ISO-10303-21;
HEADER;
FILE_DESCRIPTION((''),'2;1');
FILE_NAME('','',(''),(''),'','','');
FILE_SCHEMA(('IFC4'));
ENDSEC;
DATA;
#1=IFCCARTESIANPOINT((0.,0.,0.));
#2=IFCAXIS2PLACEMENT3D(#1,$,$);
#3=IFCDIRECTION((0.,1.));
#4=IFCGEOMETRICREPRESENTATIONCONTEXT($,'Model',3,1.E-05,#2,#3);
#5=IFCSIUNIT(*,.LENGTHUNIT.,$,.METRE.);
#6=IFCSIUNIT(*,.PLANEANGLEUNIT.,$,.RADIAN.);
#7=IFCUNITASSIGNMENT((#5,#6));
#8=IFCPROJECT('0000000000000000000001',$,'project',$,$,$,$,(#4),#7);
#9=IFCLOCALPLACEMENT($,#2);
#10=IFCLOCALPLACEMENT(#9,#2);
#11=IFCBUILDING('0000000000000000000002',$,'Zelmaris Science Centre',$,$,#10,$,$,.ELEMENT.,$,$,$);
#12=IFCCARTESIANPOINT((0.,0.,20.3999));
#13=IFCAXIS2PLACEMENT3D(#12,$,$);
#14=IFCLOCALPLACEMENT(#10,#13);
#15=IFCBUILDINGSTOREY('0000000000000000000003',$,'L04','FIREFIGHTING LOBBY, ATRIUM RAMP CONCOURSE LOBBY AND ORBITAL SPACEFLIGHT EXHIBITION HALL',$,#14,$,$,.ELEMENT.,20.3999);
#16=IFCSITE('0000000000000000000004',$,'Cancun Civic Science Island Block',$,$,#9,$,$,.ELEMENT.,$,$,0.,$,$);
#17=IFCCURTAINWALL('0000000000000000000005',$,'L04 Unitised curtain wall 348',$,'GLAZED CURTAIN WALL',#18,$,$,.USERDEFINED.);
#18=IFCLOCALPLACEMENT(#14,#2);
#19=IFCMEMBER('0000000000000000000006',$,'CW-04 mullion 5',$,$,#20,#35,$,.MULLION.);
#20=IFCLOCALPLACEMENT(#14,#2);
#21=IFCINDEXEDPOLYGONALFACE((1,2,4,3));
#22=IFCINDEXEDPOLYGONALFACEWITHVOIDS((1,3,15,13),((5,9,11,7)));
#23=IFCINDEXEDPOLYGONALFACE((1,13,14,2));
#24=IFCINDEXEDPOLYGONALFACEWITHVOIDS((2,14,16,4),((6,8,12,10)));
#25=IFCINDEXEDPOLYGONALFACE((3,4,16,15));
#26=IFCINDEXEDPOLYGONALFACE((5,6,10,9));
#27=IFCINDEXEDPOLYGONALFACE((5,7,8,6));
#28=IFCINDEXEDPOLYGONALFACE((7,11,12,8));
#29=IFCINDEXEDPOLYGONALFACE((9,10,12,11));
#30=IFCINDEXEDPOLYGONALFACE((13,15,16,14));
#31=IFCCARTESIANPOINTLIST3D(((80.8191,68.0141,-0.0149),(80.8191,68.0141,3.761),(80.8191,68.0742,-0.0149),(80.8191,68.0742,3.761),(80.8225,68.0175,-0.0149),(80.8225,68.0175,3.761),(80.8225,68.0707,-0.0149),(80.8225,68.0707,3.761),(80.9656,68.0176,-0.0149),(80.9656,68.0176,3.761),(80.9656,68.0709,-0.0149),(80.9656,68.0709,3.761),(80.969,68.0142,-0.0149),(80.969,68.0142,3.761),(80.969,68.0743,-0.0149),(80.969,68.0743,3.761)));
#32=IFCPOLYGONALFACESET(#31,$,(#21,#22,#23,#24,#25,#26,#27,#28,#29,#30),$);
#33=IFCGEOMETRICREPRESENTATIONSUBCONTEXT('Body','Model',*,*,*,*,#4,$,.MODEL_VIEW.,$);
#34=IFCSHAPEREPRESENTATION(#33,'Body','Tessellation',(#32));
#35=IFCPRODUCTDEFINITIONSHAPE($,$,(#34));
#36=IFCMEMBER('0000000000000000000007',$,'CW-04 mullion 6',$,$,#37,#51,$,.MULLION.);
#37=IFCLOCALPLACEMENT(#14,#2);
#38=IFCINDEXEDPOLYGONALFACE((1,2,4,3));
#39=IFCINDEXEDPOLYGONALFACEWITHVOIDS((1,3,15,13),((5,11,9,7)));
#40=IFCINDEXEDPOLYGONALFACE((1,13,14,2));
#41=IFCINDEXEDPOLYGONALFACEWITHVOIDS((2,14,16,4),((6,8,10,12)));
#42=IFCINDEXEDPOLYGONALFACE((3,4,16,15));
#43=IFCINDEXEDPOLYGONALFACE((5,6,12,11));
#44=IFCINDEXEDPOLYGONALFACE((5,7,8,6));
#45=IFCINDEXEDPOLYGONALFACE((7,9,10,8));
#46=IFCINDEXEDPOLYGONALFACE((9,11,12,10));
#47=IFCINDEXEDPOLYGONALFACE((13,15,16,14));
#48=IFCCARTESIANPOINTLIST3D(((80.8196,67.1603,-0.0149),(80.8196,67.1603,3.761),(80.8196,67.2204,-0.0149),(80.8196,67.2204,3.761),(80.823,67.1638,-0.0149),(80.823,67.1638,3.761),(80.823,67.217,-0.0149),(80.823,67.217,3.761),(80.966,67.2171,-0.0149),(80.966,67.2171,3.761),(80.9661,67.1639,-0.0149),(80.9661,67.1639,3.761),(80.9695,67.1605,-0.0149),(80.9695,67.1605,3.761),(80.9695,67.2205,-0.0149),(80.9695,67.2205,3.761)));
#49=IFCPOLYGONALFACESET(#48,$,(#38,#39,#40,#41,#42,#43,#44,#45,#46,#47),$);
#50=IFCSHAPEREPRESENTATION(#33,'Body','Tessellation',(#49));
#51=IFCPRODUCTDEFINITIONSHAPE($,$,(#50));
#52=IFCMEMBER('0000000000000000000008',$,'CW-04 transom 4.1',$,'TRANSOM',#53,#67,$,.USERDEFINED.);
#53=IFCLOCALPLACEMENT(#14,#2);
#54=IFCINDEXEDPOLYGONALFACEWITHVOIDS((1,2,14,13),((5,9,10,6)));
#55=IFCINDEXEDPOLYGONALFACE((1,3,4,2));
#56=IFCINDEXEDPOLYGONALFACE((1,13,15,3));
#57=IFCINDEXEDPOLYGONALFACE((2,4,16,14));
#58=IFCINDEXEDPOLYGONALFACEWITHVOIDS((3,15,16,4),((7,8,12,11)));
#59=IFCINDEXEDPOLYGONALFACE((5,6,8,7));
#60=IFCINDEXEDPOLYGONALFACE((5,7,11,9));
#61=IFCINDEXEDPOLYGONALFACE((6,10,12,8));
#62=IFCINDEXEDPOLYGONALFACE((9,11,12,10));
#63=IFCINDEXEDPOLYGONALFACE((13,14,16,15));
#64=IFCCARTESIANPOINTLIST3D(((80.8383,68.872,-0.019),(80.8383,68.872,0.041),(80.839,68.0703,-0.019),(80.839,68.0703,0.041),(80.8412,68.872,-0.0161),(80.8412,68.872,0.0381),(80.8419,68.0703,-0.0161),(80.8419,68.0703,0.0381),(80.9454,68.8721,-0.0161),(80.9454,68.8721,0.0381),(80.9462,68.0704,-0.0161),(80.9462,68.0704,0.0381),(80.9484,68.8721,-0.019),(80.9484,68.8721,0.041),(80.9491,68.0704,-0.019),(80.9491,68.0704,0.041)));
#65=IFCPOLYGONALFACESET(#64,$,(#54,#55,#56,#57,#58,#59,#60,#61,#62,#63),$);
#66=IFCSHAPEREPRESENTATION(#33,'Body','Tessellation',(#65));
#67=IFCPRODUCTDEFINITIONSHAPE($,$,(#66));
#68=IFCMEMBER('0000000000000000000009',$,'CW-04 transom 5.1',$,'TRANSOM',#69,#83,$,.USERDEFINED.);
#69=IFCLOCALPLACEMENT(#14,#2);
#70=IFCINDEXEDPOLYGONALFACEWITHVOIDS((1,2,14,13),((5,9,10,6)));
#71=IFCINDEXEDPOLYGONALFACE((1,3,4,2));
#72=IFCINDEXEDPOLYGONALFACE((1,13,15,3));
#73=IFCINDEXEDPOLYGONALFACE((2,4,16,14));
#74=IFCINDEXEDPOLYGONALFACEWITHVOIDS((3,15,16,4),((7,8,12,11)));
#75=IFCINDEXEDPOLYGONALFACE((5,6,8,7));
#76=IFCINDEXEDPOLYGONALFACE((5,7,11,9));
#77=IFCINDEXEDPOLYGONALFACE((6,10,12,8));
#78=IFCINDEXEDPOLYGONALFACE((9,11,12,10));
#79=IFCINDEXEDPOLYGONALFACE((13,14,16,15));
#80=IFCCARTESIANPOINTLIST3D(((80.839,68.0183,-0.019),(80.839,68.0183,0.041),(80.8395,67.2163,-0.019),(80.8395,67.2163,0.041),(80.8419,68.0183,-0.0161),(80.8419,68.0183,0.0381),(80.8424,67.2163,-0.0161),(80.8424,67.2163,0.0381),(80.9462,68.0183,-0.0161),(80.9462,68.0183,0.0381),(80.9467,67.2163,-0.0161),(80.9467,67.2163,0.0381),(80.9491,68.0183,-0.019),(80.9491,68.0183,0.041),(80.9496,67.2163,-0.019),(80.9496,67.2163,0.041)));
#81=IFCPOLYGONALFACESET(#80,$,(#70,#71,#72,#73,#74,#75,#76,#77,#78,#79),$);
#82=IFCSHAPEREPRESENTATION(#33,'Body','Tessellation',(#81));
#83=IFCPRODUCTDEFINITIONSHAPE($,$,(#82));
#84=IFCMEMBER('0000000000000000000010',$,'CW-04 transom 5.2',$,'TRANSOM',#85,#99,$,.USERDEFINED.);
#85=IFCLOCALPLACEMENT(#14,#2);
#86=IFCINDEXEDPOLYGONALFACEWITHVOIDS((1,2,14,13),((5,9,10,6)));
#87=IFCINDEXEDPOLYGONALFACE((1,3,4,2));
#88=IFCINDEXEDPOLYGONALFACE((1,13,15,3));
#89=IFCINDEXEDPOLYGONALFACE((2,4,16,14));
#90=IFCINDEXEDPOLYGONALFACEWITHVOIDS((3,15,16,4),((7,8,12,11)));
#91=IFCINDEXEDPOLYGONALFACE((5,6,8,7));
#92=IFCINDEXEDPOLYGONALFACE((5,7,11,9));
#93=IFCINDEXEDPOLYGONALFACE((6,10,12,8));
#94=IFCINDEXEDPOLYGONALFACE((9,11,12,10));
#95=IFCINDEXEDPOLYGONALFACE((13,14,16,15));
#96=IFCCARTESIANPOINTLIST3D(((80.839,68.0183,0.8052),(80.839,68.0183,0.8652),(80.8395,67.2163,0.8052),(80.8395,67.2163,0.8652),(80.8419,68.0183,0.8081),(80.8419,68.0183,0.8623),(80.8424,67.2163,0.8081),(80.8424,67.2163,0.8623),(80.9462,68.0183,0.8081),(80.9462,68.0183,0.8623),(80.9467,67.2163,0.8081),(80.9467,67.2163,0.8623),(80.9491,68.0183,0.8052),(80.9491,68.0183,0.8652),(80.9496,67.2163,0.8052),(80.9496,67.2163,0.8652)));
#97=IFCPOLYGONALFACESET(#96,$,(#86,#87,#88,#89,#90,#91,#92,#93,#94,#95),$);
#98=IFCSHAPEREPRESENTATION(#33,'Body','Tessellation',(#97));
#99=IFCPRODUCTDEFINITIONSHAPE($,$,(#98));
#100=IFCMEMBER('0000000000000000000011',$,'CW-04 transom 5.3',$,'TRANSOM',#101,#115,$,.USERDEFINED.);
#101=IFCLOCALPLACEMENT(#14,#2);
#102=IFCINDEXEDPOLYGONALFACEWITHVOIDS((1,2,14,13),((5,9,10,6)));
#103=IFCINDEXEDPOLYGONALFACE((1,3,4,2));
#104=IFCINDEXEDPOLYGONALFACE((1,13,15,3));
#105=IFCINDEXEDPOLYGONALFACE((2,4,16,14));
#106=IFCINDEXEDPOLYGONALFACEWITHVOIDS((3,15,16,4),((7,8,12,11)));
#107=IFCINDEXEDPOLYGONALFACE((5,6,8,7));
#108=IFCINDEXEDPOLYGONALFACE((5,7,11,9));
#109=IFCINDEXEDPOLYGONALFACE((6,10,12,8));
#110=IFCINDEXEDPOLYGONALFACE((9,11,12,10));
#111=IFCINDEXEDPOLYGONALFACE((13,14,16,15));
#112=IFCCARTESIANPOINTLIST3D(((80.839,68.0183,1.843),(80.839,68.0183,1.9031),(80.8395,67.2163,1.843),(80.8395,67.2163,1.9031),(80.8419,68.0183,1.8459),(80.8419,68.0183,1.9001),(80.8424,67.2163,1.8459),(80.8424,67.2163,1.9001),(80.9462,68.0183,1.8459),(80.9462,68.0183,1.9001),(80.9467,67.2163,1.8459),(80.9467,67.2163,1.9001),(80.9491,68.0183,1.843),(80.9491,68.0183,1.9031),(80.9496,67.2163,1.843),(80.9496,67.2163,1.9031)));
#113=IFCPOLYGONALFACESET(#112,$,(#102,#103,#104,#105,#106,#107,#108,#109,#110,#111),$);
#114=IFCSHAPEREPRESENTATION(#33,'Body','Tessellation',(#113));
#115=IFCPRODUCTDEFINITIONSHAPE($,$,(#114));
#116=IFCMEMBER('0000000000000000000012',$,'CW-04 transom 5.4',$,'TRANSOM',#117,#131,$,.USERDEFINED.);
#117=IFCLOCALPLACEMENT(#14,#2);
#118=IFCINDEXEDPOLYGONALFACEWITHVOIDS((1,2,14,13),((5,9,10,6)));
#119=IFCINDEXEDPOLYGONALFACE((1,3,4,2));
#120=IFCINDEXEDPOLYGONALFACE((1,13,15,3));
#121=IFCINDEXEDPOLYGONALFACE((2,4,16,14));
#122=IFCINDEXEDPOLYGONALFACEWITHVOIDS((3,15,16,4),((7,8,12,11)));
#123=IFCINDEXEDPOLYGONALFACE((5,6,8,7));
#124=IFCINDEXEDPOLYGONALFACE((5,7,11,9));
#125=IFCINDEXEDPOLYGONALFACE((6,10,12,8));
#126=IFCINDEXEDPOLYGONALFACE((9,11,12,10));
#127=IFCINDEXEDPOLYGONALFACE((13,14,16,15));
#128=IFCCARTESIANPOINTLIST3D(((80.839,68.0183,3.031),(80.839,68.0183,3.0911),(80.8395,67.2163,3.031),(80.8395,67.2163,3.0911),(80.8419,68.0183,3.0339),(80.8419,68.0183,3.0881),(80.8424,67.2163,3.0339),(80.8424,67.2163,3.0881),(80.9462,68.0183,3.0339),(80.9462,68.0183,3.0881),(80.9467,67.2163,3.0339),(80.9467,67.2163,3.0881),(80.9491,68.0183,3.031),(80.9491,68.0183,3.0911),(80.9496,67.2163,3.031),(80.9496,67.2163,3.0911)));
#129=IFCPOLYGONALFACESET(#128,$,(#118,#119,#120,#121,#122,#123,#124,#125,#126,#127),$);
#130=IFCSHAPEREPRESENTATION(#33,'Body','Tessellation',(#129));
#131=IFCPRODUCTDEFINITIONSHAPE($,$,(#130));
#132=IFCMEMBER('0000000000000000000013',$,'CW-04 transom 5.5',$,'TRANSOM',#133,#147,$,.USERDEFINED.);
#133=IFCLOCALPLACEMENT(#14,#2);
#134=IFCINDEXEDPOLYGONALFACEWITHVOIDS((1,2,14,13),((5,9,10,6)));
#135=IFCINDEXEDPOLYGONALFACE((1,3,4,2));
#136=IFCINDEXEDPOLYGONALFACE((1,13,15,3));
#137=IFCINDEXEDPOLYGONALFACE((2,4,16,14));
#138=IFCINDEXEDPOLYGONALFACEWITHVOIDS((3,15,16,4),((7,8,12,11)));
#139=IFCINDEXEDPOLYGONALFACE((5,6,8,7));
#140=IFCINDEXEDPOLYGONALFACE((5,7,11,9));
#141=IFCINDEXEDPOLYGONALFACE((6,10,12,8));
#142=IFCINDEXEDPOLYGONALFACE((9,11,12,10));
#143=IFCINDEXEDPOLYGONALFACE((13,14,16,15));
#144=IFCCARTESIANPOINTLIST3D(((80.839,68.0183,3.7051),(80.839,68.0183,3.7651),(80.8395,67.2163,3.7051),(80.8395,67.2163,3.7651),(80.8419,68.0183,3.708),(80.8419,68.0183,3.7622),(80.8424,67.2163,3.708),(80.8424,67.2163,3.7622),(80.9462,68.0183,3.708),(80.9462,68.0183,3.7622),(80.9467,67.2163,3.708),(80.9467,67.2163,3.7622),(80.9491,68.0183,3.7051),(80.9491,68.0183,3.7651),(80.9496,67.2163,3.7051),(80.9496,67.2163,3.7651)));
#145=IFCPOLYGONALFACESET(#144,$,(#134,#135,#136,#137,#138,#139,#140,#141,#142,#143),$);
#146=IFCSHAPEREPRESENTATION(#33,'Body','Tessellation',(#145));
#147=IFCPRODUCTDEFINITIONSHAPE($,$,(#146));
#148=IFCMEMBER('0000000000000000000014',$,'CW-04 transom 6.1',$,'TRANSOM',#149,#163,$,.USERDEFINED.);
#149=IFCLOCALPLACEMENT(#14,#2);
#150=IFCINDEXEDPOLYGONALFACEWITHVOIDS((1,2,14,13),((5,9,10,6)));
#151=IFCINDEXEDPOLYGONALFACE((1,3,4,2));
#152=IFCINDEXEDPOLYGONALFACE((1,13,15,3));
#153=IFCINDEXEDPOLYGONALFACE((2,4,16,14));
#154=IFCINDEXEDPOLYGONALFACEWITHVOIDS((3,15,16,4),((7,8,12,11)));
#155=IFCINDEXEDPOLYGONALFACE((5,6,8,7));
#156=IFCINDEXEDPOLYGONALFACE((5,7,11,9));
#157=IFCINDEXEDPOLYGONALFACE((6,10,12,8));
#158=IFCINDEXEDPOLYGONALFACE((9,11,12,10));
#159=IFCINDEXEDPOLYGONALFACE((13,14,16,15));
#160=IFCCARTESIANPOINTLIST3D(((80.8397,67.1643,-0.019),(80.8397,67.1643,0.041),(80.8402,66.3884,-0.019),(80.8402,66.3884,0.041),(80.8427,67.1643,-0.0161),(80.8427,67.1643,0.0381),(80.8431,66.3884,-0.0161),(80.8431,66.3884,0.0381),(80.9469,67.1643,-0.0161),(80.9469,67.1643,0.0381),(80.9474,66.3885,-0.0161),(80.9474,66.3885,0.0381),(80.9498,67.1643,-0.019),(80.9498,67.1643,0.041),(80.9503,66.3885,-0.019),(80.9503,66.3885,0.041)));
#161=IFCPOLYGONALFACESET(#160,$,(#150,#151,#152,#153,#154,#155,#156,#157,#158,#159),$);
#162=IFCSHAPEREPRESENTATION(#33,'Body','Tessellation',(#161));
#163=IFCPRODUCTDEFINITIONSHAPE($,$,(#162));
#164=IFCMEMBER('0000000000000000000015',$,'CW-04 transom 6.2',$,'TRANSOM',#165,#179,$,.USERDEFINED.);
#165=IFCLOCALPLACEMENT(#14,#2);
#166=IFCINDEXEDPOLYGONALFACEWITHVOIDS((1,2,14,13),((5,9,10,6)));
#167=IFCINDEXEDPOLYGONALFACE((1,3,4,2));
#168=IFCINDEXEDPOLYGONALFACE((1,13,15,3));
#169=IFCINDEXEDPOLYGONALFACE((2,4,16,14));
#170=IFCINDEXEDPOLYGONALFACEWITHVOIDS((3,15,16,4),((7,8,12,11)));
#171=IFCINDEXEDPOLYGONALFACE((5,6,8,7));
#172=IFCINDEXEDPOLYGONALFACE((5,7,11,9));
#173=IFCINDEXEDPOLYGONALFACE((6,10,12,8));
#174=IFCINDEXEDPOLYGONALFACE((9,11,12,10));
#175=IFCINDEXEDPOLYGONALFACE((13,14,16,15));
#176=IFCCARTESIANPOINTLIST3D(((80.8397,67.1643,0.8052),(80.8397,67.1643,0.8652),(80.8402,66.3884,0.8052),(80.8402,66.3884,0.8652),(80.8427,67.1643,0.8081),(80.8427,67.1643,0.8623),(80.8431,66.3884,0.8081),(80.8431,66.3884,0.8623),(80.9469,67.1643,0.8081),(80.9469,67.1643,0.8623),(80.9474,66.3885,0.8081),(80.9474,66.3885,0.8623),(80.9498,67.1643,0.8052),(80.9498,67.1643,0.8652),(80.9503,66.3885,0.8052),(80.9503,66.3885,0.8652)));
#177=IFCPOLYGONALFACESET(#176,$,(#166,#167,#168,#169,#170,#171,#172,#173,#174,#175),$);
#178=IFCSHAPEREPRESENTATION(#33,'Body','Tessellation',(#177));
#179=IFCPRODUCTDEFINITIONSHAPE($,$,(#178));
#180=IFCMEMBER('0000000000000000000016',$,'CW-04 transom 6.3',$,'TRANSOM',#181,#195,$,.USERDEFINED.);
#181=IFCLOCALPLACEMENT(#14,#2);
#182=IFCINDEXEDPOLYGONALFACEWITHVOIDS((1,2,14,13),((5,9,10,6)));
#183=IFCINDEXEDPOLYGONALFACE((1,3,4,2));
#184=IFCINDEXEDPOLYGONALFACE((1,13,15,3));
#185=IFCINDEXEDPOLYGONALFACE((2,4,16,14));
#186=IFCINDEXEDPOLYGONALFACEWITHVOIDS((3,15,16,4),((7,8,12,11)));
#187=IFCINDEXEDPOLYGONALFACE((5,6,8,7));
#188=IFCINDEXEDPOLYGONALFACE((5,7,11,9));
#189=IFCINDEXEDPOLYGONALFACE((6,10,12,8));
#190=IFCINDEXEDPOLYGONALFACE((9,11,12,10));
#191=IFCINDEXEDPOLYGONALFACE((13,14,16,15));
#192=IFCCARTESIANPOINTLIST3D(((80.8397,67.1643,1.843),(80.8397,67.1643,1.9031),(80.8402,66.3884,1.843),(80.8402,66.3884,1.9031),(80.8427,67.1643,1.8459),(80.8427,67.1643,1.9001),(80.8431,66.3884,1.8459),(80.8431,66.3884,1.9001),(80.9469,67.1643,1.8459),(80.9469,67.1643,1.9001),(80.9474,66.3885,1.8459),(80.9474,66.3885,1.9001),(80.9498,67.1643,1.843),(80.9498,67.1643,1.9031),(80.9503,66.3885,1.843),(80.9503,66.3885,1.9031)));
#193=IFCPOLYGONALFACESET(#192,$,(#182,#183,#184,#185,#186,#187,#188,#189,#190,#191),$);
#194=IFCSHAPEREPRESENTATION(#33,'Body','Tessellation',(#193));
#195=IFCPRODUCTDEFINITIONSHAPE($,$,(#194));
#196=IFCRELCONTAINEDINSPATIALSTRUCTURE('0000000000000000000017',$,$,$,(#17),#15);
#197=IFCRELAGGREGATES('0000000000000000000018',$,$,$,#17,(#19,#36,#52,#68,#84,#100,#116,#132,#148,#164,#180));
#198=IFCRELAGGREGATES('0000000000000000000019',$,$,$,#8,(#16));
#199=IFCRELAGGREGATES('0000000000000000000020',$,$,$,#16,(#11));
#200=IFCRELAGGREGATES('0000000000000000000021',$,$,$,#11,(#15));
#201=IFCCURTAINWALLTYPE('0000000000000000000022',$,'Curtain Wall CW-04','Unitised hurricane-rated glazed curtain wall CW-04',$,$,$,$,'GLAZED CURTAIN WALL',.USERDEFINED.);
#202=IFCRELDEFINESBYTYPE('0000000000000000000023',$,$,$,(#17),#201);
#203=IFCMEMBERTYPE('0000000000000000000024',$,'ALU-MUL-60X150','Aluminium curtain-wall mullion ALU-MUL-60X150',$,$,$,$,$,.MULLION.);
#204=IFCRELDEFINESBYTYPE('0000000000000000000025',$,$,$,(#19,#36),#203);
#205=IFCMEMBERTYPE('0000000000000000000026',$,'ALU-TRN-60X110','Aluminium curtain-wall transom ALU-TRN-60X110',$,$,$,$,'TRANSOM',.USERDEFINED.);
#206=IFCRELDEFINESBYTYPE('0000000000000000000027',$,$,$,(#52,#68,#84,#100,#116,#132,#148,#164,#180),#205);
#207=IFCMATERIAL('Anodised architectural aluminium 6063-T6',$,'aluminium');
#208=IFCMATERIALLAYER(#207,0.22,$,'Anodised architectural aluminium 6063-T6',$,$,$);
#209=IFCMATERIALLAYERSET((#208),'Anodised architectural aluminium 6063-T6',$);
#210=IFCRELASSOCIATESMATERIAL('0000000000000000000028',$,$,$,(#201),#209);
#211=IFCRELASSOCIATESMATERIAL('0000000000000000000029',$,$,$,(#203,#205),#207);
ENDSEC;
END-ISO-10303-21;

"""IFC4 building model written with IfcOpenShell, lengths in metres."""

from ifc_helpers import new_model, si_unit, direction, frame, origin, origin_2d, place, context, subcontext, project, spatial, hollow_rectangle, extrude, material, layer, layer_set, material_profile, profile_set, type_object, element, aggregate, save


model = new_model("IFC4")

# Units and contexts
model_context = context("Model", 3, precision=1e-05, world=origin(), true_north=direction((0.0, 1.0)))
body_context = subcontext(model_context, "Body", "Model", "MODEL_VIEW")
ifc_project = project(units=[si_unit("LENGTHUNIT", "METRE"), si_unit("PLANEANGLEUNIT", "RADIAN")], contexts=[model_context])

# Site, building, storey
site_placement = place(None, origin())
site = spatial("IfcSite", under=ifc_project, at=site_placement, Name="Cancun Civic Science Island Block", CompositionType="ELEMENT", RefElevation=0.0)
building_placement = place(site_placement, origin())
building = spatial("IfcBuilding", under=site, at=building_placement, Name="Zelmaris Science Centre", CompositionType="ELEMENT")
storey_placement = place(building_placement, frame((0.0, 0.0, 20.3999)))
storey = spatial("IfcBuildingStorey", under=building, at=storey_placement, Name="L04", Description="FIREFIGHTING LOBBY, ATRIUM RAMP CONCOURSE LOBBY AND ORBITAL SPACEFLIGHT EXHIBITION HALL", CompositionType="ELEMENT", Elevation=20.3999)

# Curtain wall, members
ifc_material_1 = material(Name="Anodised architectural aluminium 6063-T6", Category="aluminium")
ifc_layer_1 = layer(ifc_material_1, 0.22, Name="Anodised architectural aluminium 6063-T6")
ifc_layer_set_1 = layer_set([ifc_layer_1], Name="Anodised architectural aluminium 6063-T6")
curtain_wall_type = type_object("IfcCurtainWallType", Name="Curtain Wall CW-04", Description="Unitised hurricane-rated glazed curtain wall CW-04", ElementType="GLAZED CURTAIN WALL", PredefinedType="USERDEFINED", material=ifc_layer_set_1)
curtain_wall_placement = place(storey_placement, origin())
curtain_wall = element("IfcCurtainWall", 1, at=curtain_wall_placement, inside=storey, type_object=curtain_wall_type, Name="L04 Unitised curtain wall 348", ObjectType="GLAZED CURTAIN WALL", PredefinedType="USERDEFINED")
ifc_material_profile_1 = material_profile(ifc_material_1, hollow_rectangle(XDim=0.0601, YDim=0.1499, WallThickness=0.0034, at=origin_2d()), Name="ALU-MUL-60X150")
ifc_profile_set_1 = profile_set([ifc_material_profile_1], Name="Anodised architectural aluminium 6063-T6")
member_type_1 = type_object("IfcMemberType", Name="ALU-MUL-60X150", Description="Aluminium curtain-wall mullion ALU-MUL-60X150", PredefinedType="MULLION", material=ifc_profile_set_1)
member_1_placement = place(storey_placement, frame((80.894, 68.0442, -0.0149), z_axis=(0.0, 0.0, 1.0), x_axis=(0.000771, -1.0, 0.0)))
member_1 = element("IfcMember", 2, at=member_1_placement, type_object=member_type_1, Name="CW-04 mullion 5", PredefinedType="MULLION", context=body_context, shape_type="SweptSolid", body=[
    extrude(hollow_rectangle(XDim=0.0601, YDim=0.1499, WallThickness=0.0034, at=origin_2d()), origin(), (0.0, 0.0, 1.0), 3.7759),
])
member_2_placement = place(storey_placement, frame((80.8945, 67.1904, -0.0149), z_axis=(0.0, 0.0, 1.0), x_axis=(0.000771, -1.0, 0.0)))
member_2 = element("IfcMember", 3, at=member_2_placement, type_object=member_type_1, Name="CW-04 mullion 6", PredefinedType="MULLION", context=body_context, shape_type="SweptSolid", body=[
    extrude(hollow_rectangle(XDim=0.0601, YDim=0.1499, WallThickness=0.0034, at=origin_2d()), origin(), (0.0, 0.0, 1.0), 3.7759),
])
ifc_material_profile_2 = material_profile(ifc_material_1, hollow_rectangle(XDim=0.0601, YDim=0.1101, WallThickness=0.0029, at=origin_2d()), Name="ALU-TRN-60X110")
ifc_profile_set_2 = profile_set([ifc_material_profile_2], Name="Anodised architectural aluminium 6063-T6")
member_type_2 = type_object("IfcMemberType", Name="ALU-TRN-60X110", Description="Aluminium curtain-wall transom ALU-TRN-60X110", ElementType="TRANSOM", PredefinedType="USERDEFINED", material=ifc_profile_set_2)
member_3_placement = place(storey_placement, frame((80.8933, 68.8721, 0.011), z_axis=(0.000914, -1.0, 0.0), x_axis=(0.0, 0.0, 1.0)))
member_3 = element("IfcMember", 4, at=member_3_placement, type_object=member_type_2, Name="CW-04 transom 4.1", ObjectType="TRANSOM", PredefinedType="USERDEFINED", context=body_context, shape_type="SweptSolid", body=[
    extrude(hollow_rectangle(XDim=0.0601, YDim=0.1101, WallThickness=0.0029, at=origin_2d()), origin(), (0.0, 0.0, 1.0), 0.8018),
])
member_4_placement = place(storey_placement, frame((80.894, 68.0183, 0.011), z_axis=(0.000609, -1.0, 0.0), x_axis=(0.0, 0.0, 1.0)))
member_4 = element("IfcMember", 5, at=member_4_placement, type_object=member_type_2, Name="CW-04 transom 5.1", ObjectType="TRANSOM", PredefinedType="USERDEFINED", context=body_context, shape_type="SweptSolid", body=[
    extrude(hollow_rectangle(XDim=0.0601, YDim=0.1101, WallThickness=0.0029, at=origin_2d()), origin(), (0.0, 0.0, 1.0), 0.802),
])
member_5_placement = place(storey_placement, frame((80.894, 68.0183, 0.8352), z_axis=(0.000609, -1.0, 0.0), x_axis=(0.0, 0.0, 1.0)))
member_5 = element("IfcMember", 6, at=member_5_placement, type_object=member_type_2, Name="CW-04 transom 5.2", ObjectType="TRANSOM", PredefinedType="USERDEFINED", context=body_context, shape_type="SweptSolid", body=[
    extrude(hollow_rectangle(XDim=0.0601, YDim=0.1101, WallThickness=0.0029, at=origin_2d()), origin(), (0.0, 0.0, 1.0), 0.802),
])
member_6_placement = place(storey_placement, frame((80.894, 68.0183, 1.873), z_axis=(0.000609, -1.0, 0.0), x_axis=(0.0, 0.0, 1.0)))
member_6 = element("IfcMember", 7, at=member_6_placement, type_object=member_type_2, Name="CW-04 transom 5.3", ObjectType="TRANSOM", PredefinedType="USERDEFINED", context=body_context, shape_type="SweptSolid", body=[
    extrude(hollow_rectangle(XDim=0.0601, YDim=0.1101, WallThickness=0.0029, at=origin_2d()), origin(), (0.0, 0.0, 1.0), 0.802),
])
member_7_placement = place(storey_placement, frame((80.894, 68.0183, 3.061), z_axis=(0.000609, -1.0, 0.0), x_axis=(0.0, 0.0, 1.0)))
member_7 = element("IfcMember", 8, at=member_7_placement, type_object=member_type_2, Name="CW-04 transom 5.4", ObjectType="TRANSOM", PredefinedType="USERDEFINED", context=body_context, shape_type="SweptSolid", body=[
    extrude(hollow_rectangle(XDim=0.0601, YDim=0.1101, WallThickness=0.0029, at=origin_2d()), origin(), (0.0, 0.0, 1.0), 0.802),
])
member_8_placement = place(storey_placement, frame((80.894, 68.0183, 3.7351), z_axis=(0.000609, -1.0, 0.0), x_axis=(0.0, 0.0, 1.0)))
member_8 = element("IfcMember", 9, at=member_8_placement, type_object=member_type_2, Name="CW-04 transom 5.5", ObjectType="TRANSOM", PredefinedType="USERDEFINED", context=body_context, shape_type="SweptSolid", body=[
    extrude(hollow_rectangle(XDim=0.0601, YDim=0.1101, WallThickness=0.0029, at=origin_2d()), origin(), (0.0, 0.0, 1.0), 0.802),
])
member_9_placement = place(storey_placement, frame((80.8948, 67.1643, 0.011), z_axis=(0.000629, -1.0, 0.0), x_axis=(0.0, 0.0, 1.0)))
member_9 = element("IfcMember", 10, at=member_9_placement, type_object=member_type_2, Name="CW-04 transom 6.1", ObjectType="TRANSOM", PredefinedType="USERDEFINED", context=body_context, shape_type="SweptSolid", body=[
    extrude(hollow_rectangle(XDim=0.0601, YDim=0.1101, WallThickness=0.0029, at=origin_2d()), origin(), (0.0, 0.0, 1.0), 0.7759),
])
member_10_placement = place(storey_placement, frame((80.8948, 67.1643, 0.8352), z_axis=(0.000629, -1.0, 0.0), x_axis=(0.0, 0.0, 1.0)))
member_10 = element("IfcMember", 11, at=member_10_placement, type_object=member_type_2, Name="CW-04 transom 6.2", ObjectType="TRANSOM", PredefinedType="USERDEFINED", context=body_context, shape_type="SweptSolid", body=[
    extrude(hollow_rectangle(XDim=0.0601, YDim=0.1101, WallThickness=0.0029, at=origin_2d()), origin(), (0.0, 0.0, 1.0), 0.7759),
])
member_11_placement = place(storey_placement, frame((80.8948, 67.1643, 1.873), z_axis=(0.000629, -1.0, 0.0), x_axis=(0.0, 0.0, 1.0)))
member_11 = element("IfcMember", 12, at=member_11_placement, type_object=member_type_2, Name="CW-04 transom 6.3", ObjectType="TRANSOM", PredefinedType="USERDEFINED", context=body_context, shape_type="SweptSolid", body=[
    extrude(hollow_rectangle(XDim=0.0601, YDim=0.1101, WallThickness=0.0029, at=origin_2d()), origin(), (0.0, 0.0, 1.0), 0.7759),
])
aggregate(curtain_wall, [member_1, member_2, member_3, member_4, member_5, member_6, member_7, member_8, member_9, member_10, member_11])

save(model, "model.ifc")
